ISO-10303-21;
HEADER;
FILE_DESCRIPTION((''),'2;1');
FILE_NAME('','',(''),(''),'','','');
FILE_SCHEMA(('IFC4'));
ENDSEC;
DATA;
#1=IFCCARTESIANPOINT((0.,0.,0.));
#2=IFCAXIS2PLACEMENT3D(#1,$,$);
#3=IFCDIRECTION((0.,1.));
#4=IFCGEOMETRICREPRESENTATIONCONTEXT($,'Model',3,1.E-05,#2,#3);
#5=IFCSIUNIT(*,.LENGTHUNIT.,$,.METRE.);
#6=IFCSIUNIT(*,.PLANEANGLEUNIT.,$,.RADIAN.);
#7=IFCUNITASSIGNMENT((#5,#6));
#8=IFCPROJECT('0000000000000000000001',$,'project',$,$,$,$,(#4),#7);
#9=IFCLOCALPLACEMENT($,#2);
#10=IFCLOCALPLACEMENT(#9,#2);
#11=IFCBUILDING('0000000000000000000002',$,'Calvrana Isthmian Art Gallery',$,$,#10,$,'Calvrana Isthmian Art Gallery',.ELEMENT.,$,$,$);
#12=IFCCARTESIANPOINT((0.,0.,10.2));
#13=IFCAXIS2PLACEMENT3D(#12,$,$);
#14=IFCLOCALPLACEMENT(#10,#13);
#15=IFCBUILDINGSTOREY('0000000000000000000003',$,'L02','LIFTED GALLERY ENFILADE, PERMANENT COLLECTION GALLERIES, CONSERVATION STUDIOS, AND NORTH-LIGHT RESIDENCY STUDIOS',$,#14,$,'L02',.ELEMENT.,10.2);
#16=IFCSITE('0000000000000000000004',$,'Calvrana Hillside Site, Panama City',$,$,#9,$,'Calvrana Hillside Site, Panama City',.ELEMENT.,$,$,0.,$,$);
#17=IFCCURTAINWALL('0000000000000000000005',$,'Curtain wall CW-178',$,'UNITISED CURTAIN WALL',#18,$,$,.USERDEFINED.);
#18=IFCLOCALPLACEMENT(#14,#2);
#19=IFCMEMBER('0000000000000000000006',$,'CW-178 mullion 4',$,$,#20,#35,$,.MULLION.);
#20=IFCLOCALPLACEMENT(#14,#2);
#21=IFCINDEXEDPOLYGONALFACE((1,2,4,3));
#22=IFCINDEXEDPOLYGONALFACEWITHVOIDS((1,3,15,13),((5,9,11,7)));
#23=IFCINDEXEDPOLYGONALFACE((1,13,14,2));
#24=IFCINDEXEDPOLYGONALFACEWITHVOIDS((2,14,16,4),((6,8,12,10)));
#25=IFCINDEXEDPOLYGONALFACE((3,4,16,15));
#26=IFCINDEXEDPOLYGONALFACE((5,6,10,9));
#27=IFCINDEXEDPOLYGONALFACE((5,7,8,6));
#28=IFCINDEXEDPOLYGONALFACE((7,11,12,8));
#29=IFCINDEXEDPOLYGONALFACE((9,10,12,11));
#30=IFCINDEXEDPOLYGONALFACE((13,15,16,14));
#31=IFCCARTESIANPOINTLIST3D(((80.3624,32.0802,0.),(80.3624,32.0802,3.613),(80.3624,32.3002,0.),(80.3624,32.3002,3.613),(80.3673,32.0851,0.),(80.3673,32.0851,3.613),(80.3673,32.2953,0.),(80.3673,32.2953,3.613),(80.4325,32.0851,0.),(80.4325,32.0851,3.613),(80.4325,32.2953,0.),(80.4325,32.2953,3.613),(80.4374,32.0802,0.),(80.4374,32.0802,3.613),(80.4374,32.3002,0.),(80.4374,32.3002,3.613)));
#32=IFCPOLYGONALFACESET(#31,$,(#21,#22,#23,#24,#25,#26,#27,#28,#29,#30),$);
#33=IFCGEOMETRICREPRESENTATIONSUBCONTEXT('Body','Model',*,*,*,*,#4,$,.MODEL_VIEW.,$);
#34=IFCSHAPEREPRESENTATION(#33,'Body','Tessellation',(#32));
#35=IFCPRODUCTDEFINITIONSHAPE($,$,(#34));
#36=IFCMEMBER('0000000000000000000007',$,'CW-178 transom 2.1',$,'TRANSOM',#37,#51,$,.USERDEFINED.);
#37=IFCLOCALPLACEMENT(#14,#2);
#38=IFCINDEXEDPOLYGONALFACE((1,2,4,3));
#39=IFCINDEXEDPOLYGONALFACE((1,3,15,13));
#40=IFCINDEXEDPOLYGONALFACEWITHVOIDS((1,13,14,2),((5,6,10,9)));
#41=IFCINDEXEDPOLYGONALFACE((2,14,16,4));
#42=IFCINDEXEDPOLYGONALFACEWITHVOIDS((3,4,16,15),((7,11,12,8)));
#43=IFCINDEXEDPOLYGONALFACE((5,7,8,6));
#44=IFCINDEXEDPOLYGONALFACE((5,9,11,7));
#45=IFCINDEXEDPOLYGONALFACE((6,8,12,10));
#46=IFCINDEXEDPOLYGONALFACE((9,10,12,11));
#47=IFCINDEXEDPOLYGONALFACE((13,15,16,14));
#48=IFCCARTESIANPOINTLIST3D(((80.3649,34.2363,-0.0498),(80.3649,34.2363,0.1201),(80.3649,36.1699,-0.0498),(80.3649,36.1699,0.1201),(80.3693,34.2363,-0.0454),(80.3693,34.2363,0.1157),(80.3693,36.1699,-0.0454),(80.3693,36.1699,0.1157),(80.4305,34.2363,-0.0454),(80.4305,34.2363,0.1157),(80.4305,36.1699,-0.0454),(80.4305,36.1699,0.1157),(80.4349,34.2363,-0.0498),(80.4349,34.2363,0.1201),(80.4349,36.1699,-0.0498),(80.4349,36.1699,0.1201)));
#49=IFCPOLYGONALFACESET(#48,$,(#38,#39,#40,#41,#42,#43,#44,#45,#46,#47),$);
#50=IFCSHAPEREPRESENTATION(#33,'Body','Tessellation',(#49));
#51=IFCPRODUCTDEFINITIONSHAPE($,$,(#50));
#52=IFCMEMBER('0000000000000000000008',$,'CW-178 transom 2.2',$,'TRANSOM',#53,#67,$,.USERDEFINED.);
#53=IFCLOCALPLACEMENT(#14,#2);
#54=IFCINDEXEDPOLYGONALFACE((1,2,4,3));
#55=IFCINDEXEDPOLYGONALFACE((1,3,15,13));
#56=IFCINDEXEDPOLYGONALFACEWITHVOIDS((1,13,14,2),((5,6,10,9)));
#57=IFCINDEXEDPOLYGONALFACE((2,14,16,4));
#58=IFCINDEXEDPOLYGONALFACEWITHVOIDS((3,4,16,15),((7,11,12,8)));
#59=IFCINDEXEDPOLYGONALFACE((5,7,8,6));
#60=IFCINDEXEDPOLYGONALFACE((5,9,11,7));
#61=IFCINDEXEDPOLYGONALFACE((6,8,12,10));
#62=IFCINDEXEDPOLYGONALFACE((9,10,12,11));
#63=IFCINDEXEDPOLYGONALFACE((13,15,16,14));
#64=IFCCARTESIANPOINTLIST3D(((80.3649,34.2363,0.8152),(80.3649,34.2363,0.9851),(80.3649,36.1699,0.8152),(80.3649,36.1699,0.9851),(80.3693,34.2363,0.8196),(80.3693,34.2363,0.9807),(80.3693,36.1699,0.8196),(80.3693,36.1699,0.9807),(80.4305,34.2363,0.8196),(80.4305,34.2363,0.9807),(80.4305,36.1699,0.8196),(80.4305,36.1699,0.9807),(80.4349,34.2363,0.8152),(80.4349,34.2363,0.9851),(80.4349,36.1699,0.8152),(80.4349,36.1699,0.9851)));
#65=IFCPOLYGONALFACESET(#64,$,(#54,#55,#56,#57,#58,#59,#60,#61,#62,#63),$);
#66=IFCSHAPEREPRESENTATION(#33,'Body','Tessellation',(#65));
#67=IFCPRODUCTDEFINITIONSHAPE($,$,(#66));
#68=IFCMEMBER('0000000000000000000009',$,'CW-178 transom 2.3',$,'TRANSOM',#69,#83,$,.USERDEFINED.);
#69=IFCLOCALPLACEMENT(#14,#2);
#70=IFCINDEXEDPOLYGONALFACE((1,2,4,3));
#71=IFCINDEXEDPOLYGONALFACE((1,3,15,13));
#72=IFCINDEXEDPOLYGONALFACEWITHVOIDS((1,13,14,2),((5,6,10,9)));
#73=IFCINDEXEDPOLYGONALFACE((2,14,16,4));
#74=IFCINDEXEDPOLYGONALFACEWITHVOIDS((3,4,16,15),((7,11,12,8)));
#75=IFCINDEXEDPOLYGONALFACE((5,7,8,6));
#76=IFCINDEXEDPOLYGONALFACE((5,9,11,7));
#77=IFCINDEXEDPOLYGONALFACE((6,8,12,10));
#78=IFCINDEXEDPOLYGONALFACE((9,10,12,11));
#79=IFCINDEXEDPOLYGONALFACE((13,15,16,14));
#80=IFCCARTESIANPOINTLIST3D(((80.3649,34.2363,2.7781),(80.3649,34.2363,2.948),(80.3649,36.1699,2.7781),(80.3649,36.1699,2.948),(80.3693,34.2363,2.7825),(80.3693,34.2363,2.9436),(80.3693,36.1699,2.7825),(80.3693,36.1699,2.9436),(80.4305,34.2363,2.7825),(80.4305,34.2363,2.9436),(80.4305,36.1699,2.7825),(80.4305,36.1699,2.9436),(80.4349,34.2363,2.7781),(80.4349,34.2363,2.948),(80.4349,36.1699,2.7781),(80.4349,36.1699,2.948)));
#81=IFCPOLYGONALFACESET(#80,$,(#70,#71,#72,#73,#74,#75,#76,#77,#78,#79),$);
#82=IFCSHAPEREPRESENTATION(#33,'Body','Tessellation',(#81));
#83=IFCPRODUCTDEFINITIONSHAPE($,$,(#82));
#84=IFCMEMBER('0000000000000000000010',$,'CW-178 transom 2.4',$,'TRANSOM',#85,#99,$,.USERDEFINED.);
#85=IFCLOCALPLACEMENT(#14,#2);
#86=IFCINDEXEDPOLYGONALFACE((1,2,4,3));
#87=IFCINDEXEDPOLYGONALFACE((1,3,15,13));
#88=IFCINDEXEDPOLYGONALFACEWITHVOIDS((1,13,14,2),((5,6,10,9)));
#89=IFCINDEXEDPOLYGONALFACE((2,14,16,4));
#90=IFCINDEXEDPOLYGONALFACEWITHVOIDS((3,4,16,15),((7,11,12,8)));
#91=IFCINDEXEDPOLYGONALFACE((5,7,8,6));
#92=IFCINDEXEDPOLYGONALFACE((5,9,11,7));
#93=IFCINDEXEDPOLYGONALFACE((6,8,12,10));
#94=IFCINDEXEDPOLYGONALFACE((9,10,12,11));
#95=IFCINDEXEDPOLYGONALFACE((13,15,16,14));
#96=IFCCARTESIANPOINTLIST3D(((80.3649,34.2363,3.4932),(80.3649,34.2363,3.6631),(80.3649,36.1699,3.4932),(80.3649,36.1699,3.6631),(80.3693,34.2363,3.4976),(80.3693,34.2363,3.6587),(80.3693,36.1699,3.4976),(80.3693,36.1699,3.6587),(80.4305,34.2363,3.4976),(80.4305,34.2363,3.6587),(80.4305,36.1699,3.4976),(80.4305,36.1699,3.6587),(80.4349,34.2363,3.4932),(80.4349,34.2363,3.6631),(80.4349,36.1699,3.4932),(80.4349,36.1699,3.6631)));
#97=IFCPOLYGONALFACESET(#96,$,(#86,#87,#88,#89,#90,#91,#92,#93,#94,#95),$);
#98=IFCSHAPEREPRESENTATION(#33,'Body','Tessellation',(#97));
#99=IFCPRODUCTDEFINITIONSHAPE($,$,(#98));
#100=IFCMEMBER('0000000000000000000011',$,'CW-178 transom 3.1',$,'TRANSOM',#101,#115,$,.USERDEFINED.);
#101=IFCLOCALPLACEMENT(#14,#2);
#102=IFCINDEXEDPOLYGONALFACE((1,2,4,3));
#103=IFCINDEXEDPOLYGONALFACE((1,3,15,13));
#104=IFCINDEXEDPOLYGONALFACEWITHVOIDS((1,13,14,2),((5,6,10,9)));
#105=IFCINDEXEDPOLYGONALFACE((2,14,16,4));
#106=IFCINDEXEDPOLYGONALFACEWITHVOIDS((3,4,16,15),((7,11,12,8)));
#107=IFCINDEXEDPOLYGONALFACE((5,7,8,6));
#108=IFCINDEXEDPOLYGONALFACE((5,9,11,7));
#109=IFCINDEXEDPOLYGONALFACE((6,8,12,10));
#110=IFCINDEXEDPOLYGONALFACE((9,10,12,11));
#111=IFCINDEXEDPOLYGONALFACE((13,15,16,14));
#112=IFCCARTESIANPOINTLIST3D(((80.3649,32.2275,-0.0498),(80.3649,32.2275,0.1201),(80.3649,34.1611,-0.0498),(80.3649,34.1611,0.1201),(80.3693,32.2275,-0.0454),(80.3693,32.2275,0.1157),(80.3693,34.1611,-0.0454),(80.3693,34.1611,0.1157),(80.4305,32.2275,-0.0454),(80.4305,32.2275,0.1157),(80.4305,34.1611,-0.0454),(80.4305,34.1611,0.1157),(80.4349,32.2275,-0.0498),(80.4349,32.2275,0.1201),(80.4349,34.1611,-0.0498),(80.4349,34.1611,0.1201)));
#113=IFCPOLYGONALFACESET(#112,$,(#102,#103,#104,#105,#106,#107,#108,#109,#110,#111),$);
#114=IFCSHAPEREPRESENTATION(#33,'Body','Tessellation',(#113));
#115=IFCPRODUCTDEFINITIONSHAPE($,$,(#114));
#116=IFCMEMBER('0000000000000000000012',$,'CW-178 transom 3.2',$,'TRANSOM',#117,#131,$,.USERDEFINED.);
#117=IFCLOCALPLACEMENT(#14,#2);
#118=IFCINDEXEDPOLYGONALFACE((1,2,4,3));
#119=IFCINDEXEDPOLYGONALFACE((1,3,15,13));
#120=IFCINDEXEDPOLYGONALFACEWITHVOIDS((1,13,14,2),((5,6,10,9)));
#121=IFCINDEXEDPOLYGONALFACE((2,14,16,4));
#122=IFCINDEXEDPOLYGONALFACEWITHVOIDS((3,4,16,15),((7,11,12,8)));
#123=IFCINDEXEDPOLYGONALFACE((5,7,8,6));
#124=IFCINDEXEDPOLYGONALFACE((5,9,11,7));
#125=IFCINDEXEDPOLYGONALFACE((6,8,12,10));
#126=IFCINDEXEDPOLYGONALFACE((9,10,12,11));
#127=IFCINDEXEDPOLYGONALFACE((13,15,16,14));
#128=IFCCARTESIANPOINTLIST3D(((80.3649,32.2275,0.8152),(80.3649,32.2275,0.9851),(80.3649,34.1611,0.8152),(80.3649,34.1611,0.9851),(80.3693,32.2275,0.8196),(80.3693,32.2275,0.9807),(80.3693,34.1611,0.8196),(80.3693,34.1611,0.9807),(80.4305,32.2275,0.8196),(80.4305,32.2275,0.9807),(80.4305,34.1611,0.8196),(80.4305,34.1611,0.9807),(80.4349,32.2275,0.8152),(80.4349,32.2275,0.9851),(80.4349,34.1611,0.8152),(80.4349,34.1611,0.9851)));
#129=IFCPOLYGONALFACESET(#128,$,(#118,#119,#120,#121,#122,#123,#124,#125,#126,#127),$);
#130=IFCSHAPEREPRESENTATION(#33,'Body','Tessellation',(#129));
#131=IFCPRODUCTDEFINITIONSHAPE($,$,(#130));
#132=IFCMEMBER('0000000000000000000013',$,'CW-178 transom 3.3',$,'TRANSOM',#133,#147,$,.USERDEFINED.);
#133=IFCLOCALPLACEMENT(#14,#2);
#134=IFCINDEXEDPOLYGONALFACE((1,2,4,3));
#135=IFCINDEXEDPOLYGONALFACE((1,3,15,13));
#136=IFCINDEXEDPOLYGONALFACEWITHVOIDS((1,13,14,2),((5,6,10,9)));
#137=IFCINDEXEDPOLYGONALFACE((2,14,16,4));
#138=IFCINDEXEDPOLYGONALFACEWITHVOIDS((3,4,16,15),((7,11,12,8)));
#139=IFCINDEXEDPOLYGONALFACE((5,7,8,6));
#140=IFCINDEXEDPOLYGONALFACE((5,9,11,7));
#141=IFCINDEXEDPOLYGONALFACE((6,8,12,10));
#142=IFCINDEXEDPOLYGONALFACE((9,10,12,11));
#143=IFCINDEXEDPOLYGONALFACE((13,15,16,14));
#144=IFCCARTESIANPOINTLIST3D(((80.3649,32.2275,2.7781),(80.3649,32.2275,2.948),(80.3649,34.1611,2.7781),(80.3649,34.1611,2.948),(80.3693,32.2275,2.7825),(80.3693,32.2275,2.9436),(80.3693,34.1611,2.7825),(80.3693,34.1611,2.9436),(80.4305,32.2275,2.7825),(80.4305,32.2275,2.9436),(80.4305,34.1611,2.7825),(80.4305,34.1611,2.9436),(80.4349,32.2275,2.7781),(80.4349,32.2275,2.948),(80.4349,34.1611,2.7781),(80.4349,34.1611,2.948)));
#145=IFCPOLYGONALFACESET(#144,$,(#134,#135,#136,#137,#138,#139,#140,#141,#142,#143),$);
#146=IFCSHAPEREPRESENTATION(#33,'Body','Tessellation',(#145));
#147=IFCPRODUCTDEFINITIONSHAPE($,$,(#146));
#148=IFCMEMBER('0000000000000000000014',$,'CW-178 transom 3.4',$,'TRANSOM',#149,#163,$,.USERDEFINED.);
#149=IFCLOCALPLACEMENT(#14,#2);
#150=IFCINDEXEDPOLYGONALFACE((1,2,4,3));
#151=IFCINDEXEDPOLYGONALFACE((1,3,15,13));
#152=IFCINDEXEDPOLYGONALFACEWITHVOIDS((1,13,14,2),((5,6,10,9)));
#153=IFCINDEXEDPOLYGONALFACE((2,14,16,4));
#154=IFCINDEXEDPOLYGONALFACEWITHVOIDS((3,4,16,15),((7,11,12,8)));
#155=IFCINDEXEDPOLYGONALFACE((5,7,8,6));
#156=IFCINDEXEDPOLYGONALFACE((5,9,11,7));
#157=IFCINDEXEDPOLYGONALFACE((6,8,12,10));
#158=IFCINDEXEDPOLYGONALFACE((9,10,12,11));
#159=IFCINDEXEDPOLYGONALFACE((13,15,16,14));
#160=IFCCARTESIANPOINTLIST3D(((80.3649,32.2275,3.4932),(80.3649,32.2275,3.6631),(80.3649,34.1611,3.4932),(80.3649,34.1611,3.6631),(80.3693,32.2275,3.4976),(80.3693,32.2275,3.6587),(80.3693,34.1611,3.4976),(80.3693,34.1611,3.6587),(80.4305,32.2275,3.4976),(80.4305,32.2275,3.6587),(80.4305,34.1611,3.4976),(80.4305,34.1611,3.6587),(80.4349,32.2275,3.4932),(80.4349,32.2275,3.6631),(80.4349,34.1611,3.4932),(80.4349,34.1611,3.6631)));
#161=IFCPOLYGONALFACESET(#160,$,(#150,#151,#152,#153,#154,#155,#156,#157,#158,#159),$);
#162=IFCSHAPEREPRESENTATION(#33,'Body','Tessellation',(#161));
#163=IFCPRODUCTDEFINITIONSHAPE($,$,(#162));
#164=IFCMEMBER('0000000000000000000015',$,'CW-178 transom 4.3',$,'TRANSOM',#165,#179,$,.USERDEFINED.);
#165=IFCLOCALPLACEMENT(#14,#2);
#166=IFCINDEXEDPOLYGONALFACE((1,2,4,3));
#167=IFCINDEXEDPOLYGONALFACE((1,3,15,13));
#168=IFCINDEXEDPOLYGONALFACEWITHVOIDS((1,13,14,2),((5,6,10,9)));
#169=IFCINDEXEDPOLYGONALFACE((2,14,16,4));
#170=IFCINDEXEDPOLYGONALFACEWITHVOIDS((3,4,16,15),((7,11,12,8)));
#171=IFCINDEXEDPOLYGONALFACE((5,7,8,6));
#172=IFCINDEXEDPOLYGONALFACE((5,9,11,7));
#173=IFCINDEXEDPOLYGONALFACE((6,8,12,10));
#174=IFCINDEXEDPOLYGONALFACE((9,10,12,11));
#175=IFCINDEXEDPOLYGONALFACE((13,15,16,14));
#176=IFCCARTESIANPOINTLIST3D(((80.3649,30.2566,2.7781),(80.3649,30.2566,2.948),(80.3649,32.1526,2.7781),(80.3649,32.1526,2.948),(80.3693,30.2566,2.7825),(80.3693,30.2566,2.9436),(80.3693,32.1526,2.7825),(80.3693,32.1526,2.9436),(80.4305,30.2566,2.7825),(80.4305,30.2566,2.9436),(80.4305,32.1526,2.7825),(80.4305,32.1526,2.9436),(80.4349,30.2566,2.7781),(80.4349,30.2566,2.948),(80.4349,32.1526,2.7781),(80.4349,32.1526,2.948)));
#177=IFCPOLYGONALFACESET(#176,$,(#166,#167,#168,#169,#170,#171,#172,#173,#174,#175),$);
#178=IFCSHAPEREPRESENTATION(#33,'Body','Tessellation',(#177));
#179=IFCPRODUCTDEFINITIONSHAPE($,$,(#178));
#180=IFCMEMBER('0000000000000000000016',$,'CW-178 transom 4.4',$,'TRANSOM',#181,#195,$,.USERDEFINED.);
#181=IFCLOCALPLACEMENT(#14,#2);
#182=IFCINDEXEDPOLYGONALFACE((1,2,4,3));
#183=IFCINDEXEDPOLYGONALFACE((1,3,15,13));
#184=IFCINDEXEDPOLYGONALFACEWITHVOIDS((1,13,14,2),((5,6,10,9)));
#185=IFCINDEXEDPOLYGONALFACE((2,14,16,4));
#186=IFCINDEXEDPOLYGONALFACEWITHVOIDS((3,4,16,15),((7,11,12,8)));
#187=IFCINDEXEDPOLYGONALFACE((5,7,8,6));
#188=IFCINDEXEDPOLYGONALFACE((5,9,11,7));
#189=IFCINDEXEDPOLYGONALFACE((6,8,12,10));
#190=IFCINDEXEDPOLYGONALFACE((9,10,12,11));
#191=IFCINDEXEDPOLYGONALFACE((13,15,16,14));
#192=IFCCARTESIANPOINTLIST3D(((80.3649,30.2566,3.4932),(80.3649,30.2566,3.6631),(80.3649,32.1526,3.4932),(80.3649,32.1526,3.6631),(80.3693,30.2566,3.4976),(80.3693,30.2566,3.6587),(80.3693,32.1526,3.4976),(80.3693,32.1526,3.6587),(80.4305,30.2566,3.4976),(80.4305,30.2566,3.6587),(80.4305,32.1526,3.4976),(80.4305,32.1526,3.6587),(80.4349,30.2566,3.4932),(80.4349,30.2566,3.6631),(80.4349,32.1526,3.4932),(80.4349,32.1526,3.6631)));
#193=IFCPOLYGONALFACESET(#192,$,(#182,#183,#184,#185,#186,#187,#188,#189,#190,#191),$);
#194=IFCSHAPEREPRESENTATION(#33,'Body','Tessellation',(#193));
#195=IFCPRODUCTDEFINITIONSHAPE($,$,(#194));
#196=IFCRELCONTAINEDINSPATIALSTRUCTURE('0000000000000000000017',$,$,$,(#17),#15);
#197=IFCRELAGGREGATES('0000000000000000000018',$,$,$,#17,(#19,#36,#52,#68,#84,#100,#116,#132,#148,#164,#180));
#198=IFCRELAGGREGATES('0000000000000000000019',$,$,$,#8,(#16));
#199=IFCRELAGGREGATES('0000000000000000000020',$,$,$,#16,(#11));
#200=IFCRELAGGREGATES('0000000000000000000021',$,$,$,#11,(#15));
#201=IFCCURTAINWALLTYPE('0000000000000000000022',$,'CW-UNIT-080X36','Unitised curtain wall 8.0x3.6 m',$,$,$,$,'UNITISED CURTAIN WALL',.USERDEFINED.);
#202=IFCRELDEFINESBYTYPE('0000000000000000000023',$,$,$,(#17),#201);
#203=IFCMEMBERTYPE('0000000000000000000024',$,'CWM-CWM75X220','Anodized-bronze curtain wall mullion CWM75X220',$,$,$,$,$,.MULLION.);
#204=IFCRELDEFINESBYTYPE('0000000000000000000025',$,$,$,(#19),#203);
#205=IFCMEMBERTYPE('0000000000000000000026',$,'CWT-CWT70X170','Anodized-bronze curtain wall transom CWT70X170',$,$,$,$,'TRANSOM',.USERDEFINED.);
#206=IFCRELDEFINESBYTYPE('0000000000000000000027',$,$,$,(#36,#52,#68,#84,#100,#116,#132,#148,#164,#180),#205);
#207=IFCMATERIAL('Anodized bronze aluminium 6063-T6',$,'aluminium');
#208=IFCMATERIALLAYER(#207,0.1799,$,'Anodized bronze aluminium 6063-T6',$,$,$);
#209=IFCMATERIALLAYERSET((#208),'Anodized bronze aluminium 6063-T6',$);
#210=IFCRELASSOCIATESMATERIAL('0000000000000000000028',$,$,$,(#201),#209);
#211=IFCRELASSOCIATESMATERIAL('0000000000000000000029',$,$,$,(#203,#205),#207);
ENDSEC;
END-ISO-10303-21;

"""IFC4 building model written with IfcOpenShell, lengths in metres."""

from ifc_helpers import new_model, si_unit, direction, frame, origin, origin_2d, place, context, subcontext, project, spatial, hollow_rectangle, extrude, material, layer, layer_set, material_profile, profile_set, type_object, element, aggregate, save


model = new_model("IFC4")

# Units and contexts
model_context = context("Model", 3, precision=1e-05, world=origin(), true_north=direction((0.0, 1.0)))
body_context = subcontext(model_context, "Body", "Model", "MODEL_VIEW")
ifc_project = project(units=[si_unit("LENGTHUNIT", "METRE"), si_unit("PLANEANGLEUNIT", "RADIAN")], contexts=[model_context])

# Site, building, storey
site_placement = place(None, origin())
site = spatial("IfcSite", under=ifc_project, at=site_placement, Name="Calvrana Hillside Site, Panama City", LongName="Calvrana Hillside Site, Panama City", CompositionType="ELEMENT", RefElevation=0.0)
building_placement = place(site_placement, origin())
building = spatial("IfcBuilding", under=site, at=building_placement, Name="Calvrana Isthmian Art Gallery", LongName="Calvrana Isthmian Art Gallery", CompositionType="ELEMENT")
storey_placement = place(building_placement, frame((0.0, 0.0, 10.2)))
storey = spatial("IfcBuildingStorey", under=building, at=storey_placement, Name="L02", Description="LIFTED GALLERY ENFILADE, PERMANENT COLLECTION GALLERIES, CONSERVATION STUDIOS, AND NORTH-LIGHT RESIDENCY STUDIOS", LongName="L02", CompositionType="ELEMENT", Elevation=10.2)

# Curtain wall, members
ifc_material_1 = material(Name="Anodized bronze aluminium 6063-T6", Category="aluminium")
ifc_layer_1 = layer(ifc_material_1, 0.1799, Name="Anodized bronze aluminium 6063-T6")
ifc_layer_set_1 = layer_set([ifc_layer_1], Name="Anodized bronze aluminium 6063-T6")
curtain_wall_type = type_object("IfcCurtainWallType", Name="CW-UNIT-080X36", Description="Unitised curtain wall 8.0x3.6 m", ElementType="UNITISED CURTAIN WALL", PredefinedType="USERDEFINED", material=ifc_layer_set_1)
curtain_wall_placement = place(storey_placement, origin())
curtain_wall = element("IfcCurtainWall", 1, at=curtain_wall_placement, inside=storey, type_object=curtain_wall_type, Name="Curtain wall CW-178", ObjectType="UNITISED CURTAIN WALL", PredefinedType="USERDEFINED")
ifc_material_profile_1 = material_profile(ifc_material_1, hollow_rectangle(XDim=0.075, YDim=0.22, WallThickness=0.0049, at=origin_2d()), Name="CWM75X220")
ifc_profile_set_1 = profile_set([ifc_material_profile_1], Name="Anodized bronze aluminium 6063-T6")
member_type_1 = type_object("IfcMemberType", Name="CWM-CWM75X220", Description="Anodized-bronze curtain wall mullion CWM75X220", PredefinedType="MULLION", material=ifc_profile_set_1)
member_1_placement = place(storey_placement, frame((80.3999, 32.1902, 0.0), z_axis=(0.0, 0.0, 1.0), x_axis=(1.0, 0.0, 0.0)))
member_1 = element("IfcMember", 2, at=member_1_placement, type_object=member_type_1, Name="CW-178 mullion 4", PredefinedType="MULLION", context=body_context, shape_type="SweptSolid", body=[
    extrude(hollow_rectangle(XDim=0.075, YDim=0.22, WallThickness=0.0049, at=origin_2d()), origin(), (0.0, 0.0, 1.0), 3.613),
])
ifc_material_profile_2 = material_profile(ifc_material_1, hollow_rectangle(XDim=0.0701, YDim=0.1699, WallThickness=0.0044, at=origin_2d()), Name="CWT70X170")
ifc_profile_set_2 = profile_set([ifc_material_profile_2], Name="Anodized bronze aluminium 6063-T6")
member_type_2 = type_object("IfcMemberType", Name="CWT-CWT70X170", Description="Anodized-bronze curtain wall transom CWT70X170", ElementType="TRANSOM", PredefinedType="USERDEFINED", material=ifc_profile_set_2)
member_2_placement = place(storey_placement, frame((80.3999, 36.1699, 0.0352), z_axis=(0.0, -1.0, 0.0), x_axis=(1.0, 0.0, 0.0)))
member_2 = element("IfcMember", 3, at=member_2_placement, type_object=member_type_2, Name="CW-178 transom 2.1", ObjectType="TRANSOM", PredefinedType="USERDEFINED", context=body_context, shape_type="SweptSolid", body=[
    extrude(hollow_rectangle(XDim=0.0701, YDim=0.1699, WallThickness=0.0044, at=origin_2d()), origin(), (0.0, 0.0, 1.0), 1.9336),
])
member_3_placement = place(storey_placement, frame((80.3999, 36.1699, 0.9001), z_axis=(0.0, -1.0, 0.0), x_axis=(1.0, 0.0, 0.0)))
member_3 = element("IfcMember", 4, at=member_3_placement, type_object=member_type_2, Name="CW-178 transom 2.2", ObjectType="TRANSOM", PredefinedType="USERDEFINED", context=body_context, shape_type="SweptSolid", body=[
    extrude(hollow_rectangle(XDim=0.0701, YDim=0.1699, WallThickness=0.0044, at=origin_2d()), origin(), (0.0, 0.0, 1.0), 1.9336),
])
member_4_placement = place(storey_placement, frame((80.3999, 36.1699, 2.863), z_axis=(0.0, -1.0, 0.0), x_axis=(1.0, 0.0, 0.0)))
member_4 = element("IfcMember", 5, at=member_4_placement, type_object=member_type_2, Name="CW-178 transom 2.3", ObjectType="TRANSOM", PredefinedType="USERDEFINED", context=body_context, shape_type="SweptSolid", body=[
    extrude(hollow_rectangle(XDim=0.0701, YDim=0.1699, WallThickness=0.0044, at=origin_2d()), origin(), (0.0, 0.0, 1.0), 1.9336),
])
member_5_placement = place(storey_placement, frame((80.3999, 36.1699, 3.5781), z_axis=(0.0, -1.0, 0.0), x_axis=(1.0, 0.0, 0.0)))
member_5 = element("IfcMember", 6, at=member_5_placement, type_object=member_type_2, Name="CW-178 transom 2.4", ObjectType="TRANSOM", PredefinedType="USERDEFINED", context=body_context, shape_type="SweptSolid", body=[
    extrude(hollow_rectangle(XDim=0.0701, YDim=0.1699, WallThickness=0.0044, at=origin_2d()), origin(), (0.0, 0.0, 1.0), 1.9336),
])
member_6_placement = place(storey_placement, frame((80.3999, 34.1611, 0.0352), z_axis=(0.0, -1.0, 0.0), x_axis=(1.0, 0.0, 0.0)))
member_6 = element("IfcMember", 7, at=member_6_placement, type_object=member_type_2, Name="CW-178 transom 3.1", ObjectType="TRANSOM", PredefinedType="USERDEFINED", context=body_context, shape_type="SweptSolid", body=[
    extrude(hollow_rectangle(XDim=0.0701, YDim=0.1699, WallThickness=0.0044, at=origin_2d()), origin(), (0.0, 0.0, 1.0), 1.9336),
])
member_7_placement = place(storey_placement, frame((80.3999, 34.1611, 0.9001), z_axis=(0.0, -1.0, 0.0), x_axis=(1.0, 0.0, 0.0)))
member_7 = element("IfcMember", 8, at=member_7_placement, type_object=member_type_2, Name="CW-178 transom 3.2", ObjectType="TRANSOM", PredefinedType="USERDEFINED", context=body_context, shape_type="SweptSolid", body=[
    extrude(hollow_rectangle(XDim=0.0701, YDim=0.1699, WallThickness=0.0044, at=origin_2d()), origin(), (0.0, 0.0, 1.0), 1.9336),
])
member_8_placement = place(storey_placement, frame((80.3999, 34.1611, 2.863), z_axis=(0.0, -1.0, 0.0), x_axis=(1.0, 0.0, 0.0)))
member_8 = element("IfcMember", 9, at=member_8_placement, type_object=member_type_2, Name="CW-178 transom 3.3", ObjectType="TRANSOM", PredefinedType="USERDEFINED", context=body_context, shape_type="SweptSolid", body=[
    extrude(hollow_rectangle(XDim=0.0701, YDim=0.1699, WallThickness=0.0044, at=origin_2d()), origin(), (0.0, 0.0, 1.0), 1.9336),
])
member_9_placement = place(storey_placement, frame((80.3999, 34.1611, 3.5781), z_axis=(0.0, -1.0, 0.0), x_axis=(1.0, 0.0, 0.0)))
member_9 = element("IfcMember", 10, at=member_9_placement, type_object=member_type_2, Name="CW-178 transom 3.4", ObjectType="TRANSOM", PredefinedType="USERDEFINED", context=body_context, shape_type="SweptSolid", body=[
    extrude(hollow_rectangle(XDim=0.0701, YDim=0.1699, WallThickness=0.0044, at=origin_2d()), origin(), (0.0, 0.0, 1.0), 1.9336),
])
member_10_placement = place(storey_placement, frame((80.3999, 32.1526, 2.863), z_axis=(0.0, -1.0, 0.0), x_axis=(1.0, 0.0, 0.0)))
member_10 = element("IfcMember", 11, at=member_10_placement, type_object=member_type_2, Name="CW-178 transom 4.3", ObjectType="TRANSOM", PredefinedType="USERDEFINED", context=body_context, shape_type="SweptSolid", body=[
    extrude(hollow_rectangle(XDim=0.0701, YDim=0.1699, WallThickness=0.0044, at=origin_2d()), origin(), (0.0, 0.0, 1.0), 1.896),
])
member_11_placement = place(storey_placement, frame((80.3999, 32.1526, 3.5781), z_axis=(0.0, -1.0, 0.0), x_axis=(1.0, 0.0, 0.0)))
member_11 = element("IfcMember", 12, at=member_11_placement, type_object=member_type_2, Name="CW-178 transom 4.4", ObjectType="TRANSOM", PredefinedType="USERDEFINED", context=body_context, shape_type="SweptSolid", body=[
    extrude(hollow_rectangle(XDim=0.0701, YDim=0.1699, WallThickness=0.0044, at=origin_2d()), origin(), (0.0, 0.0, 1.0), 1.896),
])
aggregate(curtain_wall, [member_1, member_2, member_3, member_4, member_5, member_6, member_7, member_8, member_9, member_10, member_11])

save(model, "model.ifc")
